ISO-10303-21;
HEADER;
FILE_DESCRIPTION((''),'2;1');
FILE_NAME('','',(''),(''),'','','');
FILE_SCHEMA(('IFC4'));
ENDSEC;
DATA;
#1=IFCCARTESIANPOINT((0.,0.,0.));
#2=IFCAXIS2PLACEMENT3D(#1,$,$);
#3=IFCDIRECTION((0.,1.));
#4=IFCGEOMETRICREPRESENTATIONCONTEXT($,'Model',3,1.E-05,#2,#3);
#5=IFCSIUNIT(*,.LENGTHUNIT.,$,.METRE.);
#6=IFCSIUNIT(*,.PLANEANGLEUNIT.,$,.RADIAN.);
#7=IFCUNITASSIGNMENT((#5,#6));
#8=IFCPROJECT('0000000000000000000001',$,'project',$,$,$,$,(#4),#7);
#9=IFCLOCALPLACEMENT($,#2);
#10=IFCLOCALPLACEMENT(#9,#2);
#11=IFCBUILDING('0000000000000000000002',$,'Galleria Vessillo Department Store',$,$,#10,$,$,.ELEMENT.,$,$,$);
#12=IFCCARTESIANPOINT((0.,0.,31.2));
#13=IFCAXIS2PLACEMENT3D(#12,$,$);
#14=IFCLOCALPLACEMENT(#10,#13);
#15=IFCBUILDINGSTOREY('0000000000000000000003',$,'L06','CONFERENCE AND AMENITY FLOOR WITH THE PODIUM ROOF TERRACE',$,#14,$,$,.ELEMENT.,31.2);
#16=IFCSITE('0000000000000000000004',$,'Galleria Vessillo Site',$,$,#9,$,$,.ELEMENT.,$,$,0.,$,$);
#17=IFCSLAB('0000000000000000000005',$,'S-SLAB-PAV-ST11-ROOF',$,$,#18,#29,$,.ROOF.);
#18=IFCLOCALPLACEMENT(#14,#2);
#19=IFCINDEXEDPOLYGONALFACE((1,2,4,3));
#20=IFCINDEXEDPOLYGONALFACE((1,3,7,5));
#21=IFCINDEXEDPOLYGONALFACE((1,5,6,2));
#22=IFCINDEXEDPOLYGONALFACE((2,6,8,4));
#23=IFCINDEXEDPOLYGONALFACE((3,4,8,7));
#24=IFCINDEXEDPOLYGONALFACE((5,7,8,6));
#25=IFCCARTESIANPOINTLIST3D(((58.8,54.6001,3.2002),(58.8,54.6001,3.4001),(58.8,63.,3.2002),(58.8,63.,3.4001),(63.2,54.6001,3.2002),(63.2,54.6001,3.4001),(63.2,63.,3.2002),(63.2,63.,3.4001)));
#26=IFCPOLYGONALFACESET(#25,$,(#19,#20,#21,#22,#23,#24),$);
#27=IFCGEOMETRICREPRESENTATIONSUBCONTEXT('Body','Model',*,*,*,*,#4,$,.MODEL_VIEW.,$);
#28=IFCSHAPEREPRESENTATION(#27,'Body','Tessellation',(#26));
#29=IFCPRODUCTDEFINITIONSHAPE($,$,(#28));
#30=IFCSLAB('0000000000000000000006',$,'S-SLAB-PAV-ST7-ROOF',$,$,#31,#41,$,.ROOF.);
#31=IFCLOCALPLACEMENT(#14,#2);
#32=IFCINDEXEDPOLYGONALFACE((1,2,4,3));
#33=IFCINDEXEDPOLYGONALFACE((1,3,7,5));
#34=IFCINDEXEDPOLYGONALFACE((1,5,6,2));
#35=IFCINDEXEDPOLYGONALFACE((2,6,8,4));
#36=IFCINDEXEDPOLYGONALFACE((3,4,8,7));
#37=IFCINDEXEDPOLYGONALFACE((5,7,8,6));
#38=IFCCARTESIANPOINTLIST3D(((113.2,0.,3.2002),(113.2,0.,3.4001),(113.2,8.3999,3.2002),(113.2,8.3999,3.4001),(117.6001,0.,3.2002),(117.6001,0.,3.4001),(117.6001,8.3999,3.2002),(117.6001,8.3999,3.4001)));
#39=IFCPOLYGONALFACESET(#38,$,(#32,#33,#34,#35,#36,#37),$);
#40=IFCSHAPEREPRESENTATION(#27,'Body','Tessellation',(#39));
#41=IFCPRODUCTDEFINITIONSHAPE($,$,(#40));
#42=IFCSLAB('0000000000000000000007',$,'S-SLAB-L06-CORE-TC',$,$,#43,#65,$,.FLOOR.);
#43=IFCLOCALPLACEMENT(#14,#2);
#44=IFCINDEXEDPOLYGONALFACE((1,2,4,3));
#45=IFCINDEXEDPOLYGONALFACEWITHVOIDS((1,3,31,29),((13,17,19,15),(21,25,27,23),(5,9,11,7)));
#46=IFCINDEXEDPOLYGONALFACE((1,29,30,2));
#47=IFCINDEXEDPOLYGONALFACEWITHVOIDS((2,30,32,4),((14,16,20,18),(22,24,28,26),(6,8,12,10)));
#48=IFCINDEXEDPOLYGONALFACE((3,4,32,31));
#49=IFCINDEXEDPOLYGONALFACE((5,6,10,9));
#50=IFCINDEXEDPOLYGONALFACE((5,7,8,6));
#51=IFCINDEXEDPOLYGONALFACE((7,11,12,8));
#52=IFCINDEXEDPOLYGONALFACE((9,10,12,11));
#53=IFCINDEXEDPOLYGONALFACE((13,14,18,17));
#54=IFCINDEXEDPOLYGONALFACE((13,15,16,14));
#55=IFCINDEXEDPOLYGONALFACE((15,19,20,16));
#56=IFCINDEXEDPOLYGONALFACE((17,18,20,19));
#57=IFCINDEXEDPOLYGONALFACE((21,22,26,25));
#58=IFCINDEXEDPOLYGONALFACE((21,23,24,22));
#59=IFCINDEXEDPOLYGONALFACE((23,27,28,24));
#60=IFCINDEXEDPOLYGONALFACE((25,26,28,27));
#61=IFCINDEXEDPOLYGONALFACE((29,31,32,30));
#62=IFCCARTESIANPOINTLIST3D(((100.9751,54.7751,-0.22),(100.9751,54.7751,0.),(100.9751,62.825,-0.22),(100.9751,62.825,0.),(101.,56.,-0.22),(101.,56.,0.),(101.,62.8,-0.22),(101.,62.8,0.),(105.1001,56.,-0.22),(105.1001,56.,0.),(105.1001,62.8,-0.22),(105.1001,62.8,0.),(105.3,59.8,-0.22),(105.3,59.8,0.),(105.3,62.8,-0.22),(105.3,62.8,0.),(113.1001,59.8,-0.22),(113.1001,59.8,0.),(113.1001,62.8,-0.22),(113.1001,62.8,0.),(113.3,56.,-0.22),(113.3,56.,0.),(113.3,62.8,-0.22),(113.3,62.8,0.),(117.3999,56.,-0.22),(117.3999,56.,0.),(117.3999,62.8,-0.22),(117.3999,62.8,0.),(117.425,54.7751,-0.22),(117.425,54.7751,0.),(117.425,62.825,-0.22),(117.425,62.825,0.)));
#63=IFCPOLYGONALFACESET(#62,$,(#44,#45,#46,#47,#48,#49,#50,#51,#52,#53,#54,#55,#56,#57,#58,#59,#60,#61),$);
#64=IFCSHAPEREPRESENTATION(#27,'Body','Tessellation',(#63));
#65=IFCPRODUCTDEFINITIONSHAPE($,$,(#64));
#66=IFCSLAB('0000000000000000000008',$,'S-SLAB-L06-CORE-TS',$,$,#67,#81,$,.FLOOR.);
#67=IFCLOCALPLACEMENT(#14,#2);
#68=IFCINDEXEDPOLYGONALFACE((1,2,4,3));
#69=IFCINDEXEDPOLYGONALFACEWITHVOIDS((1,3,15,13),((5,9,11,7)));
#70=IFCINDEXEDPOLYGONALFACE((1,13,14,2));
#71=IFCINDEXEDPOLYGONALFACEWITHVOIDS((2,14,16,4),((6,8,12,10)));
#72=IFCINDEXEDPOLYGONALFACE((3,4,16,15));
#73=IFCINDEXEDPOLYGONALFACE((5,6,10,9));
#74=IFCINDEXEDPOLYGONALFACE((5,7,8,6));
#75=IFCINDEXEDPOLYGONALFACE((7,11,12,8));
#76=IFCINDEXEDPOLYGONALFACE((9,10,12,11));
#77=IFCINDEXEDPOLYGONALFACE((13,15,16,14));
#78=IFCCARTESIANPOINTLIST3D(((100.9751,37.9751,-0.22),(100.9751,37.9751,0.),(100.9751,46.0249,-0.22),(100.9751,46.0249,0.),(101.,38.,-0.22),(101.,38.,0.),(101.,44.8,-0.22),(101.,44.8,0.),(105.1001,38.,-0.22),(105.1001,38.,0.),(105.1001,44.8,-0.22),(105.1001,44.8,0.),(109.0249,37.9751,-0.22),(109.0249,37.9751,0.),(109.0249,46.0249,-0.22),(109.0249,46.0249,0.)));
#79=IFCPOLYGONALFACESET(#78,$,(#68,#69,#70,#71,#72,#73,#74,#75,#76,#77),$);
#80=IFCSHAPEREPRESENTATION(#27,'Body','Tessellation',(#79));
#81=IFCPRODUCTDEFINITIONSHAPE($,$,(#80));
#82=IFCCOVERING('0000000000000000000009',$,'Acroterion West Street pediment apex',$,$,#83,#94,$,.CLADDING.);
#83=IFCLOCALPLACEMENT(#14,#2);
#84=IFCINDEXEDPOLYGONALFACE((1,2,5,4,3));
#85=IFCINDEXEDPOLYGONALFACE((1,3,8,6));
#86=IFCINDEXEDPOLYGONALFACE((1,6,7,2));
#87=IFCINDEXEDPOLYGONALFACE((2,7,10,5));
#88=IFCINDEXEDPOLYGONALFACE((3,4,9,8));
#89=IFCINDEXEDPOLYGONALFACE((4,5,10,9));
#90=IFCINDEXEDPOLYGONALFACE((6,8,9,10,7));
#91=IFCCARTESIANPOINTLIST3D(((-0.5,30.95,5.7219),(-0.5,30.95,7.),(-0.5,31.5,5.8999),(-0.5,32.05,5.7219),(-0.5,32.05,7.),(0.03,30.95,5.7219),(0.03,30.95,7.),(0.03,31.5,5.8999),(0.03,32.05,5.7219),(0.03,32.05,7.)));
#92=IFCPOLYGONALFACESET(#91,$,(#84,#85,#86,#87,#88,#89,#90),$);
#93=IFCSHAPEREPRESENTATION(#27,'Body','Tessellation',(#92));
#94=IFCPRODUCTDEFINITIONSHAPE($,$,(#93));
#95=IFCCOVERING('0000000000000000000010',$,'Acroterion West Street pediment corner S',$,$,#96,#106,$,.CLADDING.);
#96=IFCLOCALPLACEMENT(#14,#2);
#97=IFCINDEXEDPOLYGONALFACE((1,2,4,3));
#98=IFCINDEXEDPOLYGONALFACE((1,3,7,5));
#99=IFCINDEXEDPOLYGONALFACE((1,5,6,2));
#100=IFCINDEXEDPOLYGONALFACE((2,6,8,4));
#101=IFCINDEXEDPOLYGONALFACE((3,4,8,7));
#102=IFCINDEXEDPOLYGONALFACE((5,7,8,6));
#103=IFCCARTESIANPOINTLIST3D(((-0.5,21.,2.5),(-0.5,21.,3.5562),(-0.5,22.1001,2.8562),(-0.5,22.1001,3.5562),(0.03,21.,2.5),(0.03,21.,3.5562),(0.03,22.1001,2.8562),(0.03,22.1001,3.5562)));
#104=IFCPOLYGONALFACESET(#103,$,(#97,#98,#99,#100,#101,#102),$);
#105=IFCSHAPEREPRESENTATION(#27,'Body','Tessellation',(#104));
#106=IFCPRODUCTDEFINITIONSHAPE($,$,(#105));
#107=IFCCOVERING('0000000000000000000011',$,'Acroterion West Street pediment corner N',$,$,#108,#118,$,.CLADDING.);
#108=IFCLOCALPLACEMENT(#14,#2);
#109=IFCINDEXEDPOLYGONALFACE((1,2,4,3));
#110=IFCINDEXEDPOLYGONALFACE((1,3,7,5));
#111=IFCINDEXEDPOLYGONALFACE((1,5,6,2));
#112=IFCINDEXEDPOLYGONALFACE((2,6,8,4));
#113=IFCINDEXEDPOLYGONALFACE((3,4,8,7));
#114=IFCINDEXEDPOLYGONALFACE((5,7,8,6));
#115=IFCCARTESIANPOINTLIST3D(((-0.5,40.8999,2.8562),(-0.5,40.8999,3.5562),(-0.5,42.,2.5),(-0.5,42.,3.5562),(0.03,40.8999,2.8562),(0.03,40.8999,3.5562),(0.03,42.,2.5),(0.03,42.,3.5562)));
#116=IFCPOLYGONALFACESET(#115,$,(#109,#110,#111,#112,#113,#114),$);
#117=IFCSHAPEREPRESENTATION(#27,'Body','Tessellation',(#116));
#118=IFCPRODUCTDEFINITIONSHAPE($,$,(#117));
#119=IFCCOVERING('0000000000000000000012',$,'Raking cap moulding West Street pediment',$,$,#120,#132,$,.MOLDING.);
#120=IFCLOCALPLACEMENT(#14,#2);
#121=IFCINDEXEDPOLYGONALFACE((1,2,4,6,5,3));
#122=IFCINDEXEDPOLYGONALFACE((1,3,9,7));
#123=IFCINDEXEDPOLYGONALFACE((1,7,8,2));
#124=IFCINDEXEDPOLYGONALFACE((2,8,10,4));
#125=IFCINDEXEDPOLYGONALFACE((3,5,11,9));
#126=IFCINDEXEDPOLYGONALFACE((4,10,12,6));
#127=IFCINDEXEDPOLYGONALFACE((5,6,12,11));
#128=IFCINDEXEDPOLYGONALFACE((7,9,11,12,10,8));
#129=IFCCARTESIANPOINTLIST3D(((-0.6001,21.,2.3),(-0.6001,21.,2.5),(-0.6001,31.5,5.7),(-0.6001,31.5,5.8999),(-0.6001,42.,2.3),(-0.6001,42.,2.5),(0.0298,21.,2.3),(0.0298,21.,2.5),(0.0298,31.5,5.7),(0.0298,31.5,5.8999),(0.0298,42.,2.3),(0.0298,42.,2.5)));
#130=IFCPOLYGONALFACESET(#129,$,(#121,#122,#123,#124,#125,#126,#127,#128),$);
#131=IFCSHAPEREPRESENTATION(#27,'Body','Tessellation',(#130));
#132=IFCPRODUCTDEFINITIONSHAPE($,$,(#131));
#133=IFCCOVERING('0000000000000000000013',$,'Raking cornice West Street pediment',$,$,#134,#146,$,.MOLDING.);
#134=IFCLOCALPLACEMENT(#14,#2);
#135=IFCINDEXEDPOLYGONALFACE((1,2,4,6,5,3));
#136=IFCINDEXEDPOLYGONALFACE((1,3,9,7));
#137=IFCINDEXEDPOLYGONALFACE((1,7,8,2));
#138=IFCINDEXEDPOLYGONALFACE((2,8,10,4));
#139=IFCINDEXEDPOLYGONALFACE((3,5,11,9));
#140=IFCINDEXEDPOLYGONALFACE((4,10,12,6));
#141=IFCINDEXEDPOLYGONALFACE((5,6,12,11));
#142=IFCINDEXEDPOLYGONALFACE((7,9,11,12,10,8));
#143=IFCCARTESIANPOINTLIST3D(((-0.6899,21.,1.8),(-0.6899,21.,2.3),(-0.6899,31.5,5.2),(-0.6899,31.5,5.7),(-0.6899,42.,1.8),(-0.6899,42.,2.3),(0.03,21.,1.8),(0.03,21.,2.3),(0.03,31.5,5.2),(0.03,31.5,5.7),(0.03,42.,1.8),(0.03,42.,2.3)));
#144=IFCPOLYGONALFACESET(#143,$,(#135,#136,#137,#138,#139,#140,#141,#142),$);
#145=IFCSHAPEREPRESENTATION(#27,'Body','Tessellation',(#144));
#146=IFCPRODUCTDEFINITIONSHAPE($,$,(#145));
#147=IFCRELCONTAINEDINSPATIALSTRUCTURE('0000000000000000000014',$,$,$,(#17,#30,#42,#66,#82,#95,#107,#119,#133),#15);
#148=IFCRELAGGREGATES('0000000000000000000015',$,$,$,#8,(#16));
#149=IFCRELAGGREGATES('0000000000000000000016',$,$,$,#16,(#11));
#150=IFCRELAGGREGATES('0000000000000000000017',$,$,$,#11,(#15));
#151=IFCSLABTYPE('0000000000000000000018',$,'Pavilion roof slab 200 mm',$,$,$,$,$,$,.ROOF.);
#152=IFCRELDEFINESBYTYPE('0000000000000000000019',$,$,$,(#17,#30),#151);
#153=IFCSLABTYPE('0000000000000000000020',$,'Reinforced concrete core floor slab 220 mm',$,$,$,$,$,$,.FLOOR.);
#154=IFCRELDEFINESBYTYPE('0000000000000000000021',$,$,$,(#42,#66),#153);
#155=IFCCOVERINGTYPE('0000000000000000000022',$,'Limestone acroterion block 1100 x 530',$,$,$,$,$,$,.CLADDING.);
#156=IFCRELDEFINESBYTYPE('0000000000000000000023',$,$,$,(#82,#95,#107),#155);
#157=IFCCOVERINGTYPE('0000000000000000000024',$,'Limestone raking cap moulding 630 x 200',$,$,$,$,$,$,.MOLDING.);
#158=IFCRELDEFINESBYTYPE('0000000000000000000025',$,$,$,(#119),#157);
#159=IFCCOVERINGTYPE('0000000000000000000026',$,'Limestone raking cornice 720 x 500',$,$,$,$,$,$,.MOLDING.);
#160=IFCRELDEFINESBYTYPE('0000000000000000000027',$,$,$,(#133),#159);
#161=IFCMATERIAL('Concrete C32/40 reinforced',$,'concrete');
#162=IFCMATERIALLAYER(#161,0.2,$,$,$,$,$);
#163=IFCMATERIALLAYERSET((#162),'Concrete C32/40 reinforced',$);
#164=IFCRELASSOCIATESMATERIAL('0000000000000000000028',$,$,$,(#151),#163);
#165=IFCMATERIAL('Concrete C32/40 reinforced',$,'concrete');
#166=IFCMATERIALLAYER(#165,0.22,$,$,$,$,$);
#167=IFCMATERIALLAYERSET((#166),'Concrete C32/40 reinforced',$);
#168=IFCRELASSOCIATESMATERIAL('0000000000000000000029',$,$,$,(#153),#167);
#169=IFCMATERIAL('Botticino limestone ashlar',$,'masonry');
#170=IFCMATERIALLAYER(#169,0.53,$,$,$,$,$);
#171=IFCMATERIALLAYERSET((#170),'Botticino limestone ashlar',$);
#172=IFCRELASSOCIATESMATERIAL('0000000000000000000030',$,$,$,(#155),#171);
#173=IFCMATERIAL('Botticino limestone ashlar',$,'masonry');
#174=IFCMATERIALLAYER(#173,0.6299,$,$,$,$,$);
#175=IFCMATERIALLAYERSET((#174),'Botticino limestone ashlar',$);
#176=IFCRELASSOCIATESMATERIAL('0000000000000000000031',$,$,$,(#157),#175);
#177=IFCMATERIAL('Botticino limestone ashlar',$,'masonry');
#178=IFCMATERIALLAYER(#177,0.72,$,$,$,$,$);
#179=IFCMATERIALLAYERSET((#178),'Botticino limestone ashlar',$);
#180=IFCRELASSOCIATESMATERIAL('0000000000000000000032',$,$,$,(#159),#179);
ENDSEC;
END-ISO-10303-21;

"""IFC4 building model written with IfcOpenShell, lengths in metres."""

from ifc_helpers import new_model, si_unit, direction, frame, origin, place, context, subcontext, project, spatial, polyline, outline, extrude, material, layer, layer_set, type_object, element, save


model = new_model("IFC4")

# Units and contexts
model_context = context("Model", 3, precision=1e-05, world=origin(), true_north=direction((0.0, 1.0)))
body_context = subcontext(model_context, "Body", "Model", "MODEL_VIEW")
ifc_project = project(units=[si_unit("LENGTHUNIT", "METRE"), si_unit("PLANEANGLEUNIT", "RADIAN")], contexts=[model_context])

# Site, building, storey
site_placement = place(None, origin())
site = spatial("IfcSite", under=ifc_project, at=site_placement, Name="Galleria Vessillo Site", CompositionType="ELEMENT", RefElevation=0.0)
building_placement = place(site_placement, origin())
building = spatial("IfcBuilding", under=site, at=building_placement, Name="Galleria Vessillo Department Store", CompositionType="ELEMENT")
storey_placement = place(building_placement, frame((0.0, 0.0, 31.2)))
storey = spatial("IfcBuildingStorey", under=building, at=storey_placement, Name="L06", Description="CONFERENCE AND AMENITY FLOOR WITH THE PODIUM ROOF TERRACE", CompositionType="ELEMENT", Elevation=31.2)

# Slabs
ifc_material_1 = material(Name="Concrete C32/40 reinforced", Category="concrete")
ifc_layer_1 = layer(ifc_material_1, 0.2)
ifc_layer_set_1 = layer_set([ifc_layer_1], Name="Concrete C32/40 reinforced")
slab_type_1 = type_object("IfcSlabType", Name="Pavilion roof slab 200 mm", PredefinedType="ROOF", material=ifc_layer_set_1)
slab_1_placement = place(storey_placement, frame((0.0, 0.0, 3.2002)))
element("IfcSlab", 1, at=slab_1_placement, inside=storey, type_object=slab_type_1, Name="S-SLAB-PAV-ST11-ROOF", PredefinedType="ROOF", context=body_context, shape_type="SweptSolid", body=[
    extrude(outline(polyline([(63.2, 54.6001), (63.2, 63.0), (58.8, 63.0), (58.8, 54.6001), (63.2, 54.6001)])), origin(), (0.0, 0.0, 1.0), 0.2),
])
slab_2_placement = place(storey_placement, frame((0.0, 0.0, 3.2002)))
element("IfcSlab", 2, at=slab_2_placement, inside=storey, type_object=slab_type_1, Name="S-SLAB-PAV-ST7-ROOF", PredefinedType="ROOF", context=body_context, shape_type="SweptSolid", body=[
    extrude(outline(polyline([(117.6001, 0.0), (117.6001, 8.3999), (113.2, 8.3999), (113.2, 0.0), (117.6001, 0.0)])), origin(), (0.0, 0.0, 1.0), 0.2),
])
ifc_material_2 = material(Name="Concrete C32/40 reinforced", Category="concrete")
ifc_layer_2 = layer(ifc_material_2, 0.22)
ifc_layer_set_2 = layer_set([ifc_layer_2], Name="Concrete C32/40 reinforced")
slab_type_2 = type_object("IfcSlabType", Name="Reinforced concrete core floor slab 220 mm", PredefinedType="FLOOR", material=ifc_layer_set_2)
slab_3_placement = place(storey_placement, frame((0.0, 0.0, -0.22)))
element("IfcSlab", 3, at=slab_3_placement, inside=storey, type_object=slab_type_2, Name="S-SLAB-L06-CORE-TC", PredefinedType="FLOOR", context=body_context, shape_type="SweptSolid", body=[
    extrude(outline(polyline([(100.9751, 54.7751), (100.9751, 62.825), (117.425, 62.825), (117.425, 54.7751), (100.9751, 54.7751)]), holes=[polyline([(105.1001, 56.0), (105.1001, 62.8), (101.0, 62.8), (101.0, 56.0), (105.1001, 56.0)]), polyline([(113.3, 56.0), (117.3999, 56.0), (117.3999, 62.8), (113.3, 62.8), (113.3, 56.0)]), polyline([(105.3, 59.8), (113.1001, 59.8), (113.1001, 62.8), (105.3, 62.8), (105.3, 59.8)])]), origin(), (0.0, 0.0, 1.0), 0.22),
])
slab_4_placement = place(storey_placement, frame((0.0, 0.0, -0.22)))
element("IfcSlab", 4, at=slab_4_placement, inside=storey, type_object=slab_type_2, Name="S-SLAB-L06-CORE-TS", PredefinedType="FLOOR", context=body_context, shape_type="SweptSolid", body=[
    extrude(outline(polyline([(100.9751, 37.9751), (100.9751, 46.0249), (109.0249, 46.0249), (109.0249, 37.9751), (100.9751, 37.9751)]), holes=[polyline([(105.1001, 44.8), (101.0, 44.8), (101.0, 38.0), (105.1001, 38.0), (105.1001, 44.8)])]), origin(), (0.0, 0.0, 1.0), 0.22),
])

# Coverings
ifc_material_3 = material(Name="Botticino limestone ashlar", Category="masonry")
ifc_layer_3 = layer(ifc_material_3, 0.53)
ifc_layer_set_3 = layer_set([ifc_layer_3], Name="Botticino limestone ashlar")
covering_type_1 = type_object("IfcCoveringType", Name="Limestone acroterion block 1100 x 530", PredefinedType="CLADDING", material=ifc_layer_set_3)
covering_1_placement = place(storey_placement, frame((-0.5, 0.0, 0.0), z_axis=(1.0, 0.0, 0.0), x_axis=(0.0, 1.0, 0.0)))
element("IfcCovering", 5, at=covering_1_placement, inside=storey, type_object=covering_type_1, Name="Acroterion West Street pediment apex", PredefinedType="CLADDING", context=body_context, shape_type="SweptSolid", body=[
    extrude(outline(polyline([(30.95, 5.7219), (31.5, 5.8999), (32.05, 5.7219), (32.05, 7.0), (30.95, 7.0), (30.95, 5.7219)])), origin(), (0.0, 0.0, 1.0), 0.53),
])
covering_2_placement = place(storey_placement, frame((-0.5, 0.0, 0.0), z_axis=(1.0, 0.0, 0.0), x_axis=(0.0, 1.0, 0.0)))
element("IfcCovering", 6, at=covering_2_placement, inside=storey, type_object=covering_type_1, Name="Acroterion West Street pediment corner S", PredefinedType="CLADDING", context=body_context, shape_type="SweptSolid", body=[
    extrude(outline(polyline([(21.0, 2.5), (22.1001, 2.8562), (22.1001, 3.5562), (21.0, 3.5562), (21.0, 2.5)])), origin(), (0.0, 0.0, 1.0), 0.53),
])
covering_3_placement = place(storey_placement, frame((-0.5, 0.0, 0.0), z_axis=(1.0, 0.0, 0.0), x_axis=(0.0, 1.0, 0.0)))
element("IfcCovering", 7, at=covering_3_placement, inside=storey, type_object=covering_type_1, Name="Acroterion West Street pediment corner N", PredefinedType="CLADDING", context=body_context, shape_type="SweptSolid", body=[
    extrude(outline(polyline([(40.8999, 2.8562), (42.0, 2.5), (42.0, 3.5562), (40.8999, 3.5562), (40.8999, 2.8562)])), origin(), (0.0, 0.0, 1.0), 0.53),
])
ifc_material_4 = material(Name="Botticino limestone ashlar", Category="masonry")
ifc_layer_4 = layer(ifc_material_4, 0.6299)
ifc_layer_set_4 = layer_set([ifc_layer_4], Name="Botticino limestone ashlar")
covering_type_2 = type_object("IfcCoveringType", Name="Limestone raking cap moulding 630 x 200", PredefinedType="MOLDING", material=ifc_layer_set_4)
covering_4_placement = place(storey_placement, frame((-0.6001, 0.0, 0.0), z_axis=(1.0, 0.0, 0.0), x_axis=(0.0, 1.0, 0.0)))
element("IfcCovering", 8, at=covering_4_placement, inside=storey, type_object=covering_type_2, Name="Raking cap moulding West Street pediment", PredefinedType="MOLDING", context=body_context, shape_type="SweptSolid", body=[
    extrude(outline(polyline([(21.0, 2.3), (31.5, 5.7), (42.0, 2.3), (42.0, 2.5), (31.5, 5.8999), (21.0, 2.5), (21.0, 2.3)])), origin(), (0.0, 0.0, 1.0), 0.6299),
])
ifc_material_5 = material(Name="Botticino limestone ashlar", Category="masonry")
ifc_layer_5 = layer(ifc_material_5, 0.72)
ifc_layer_set_5 = layer_set([ifc_layer_5], Name="Botticino limestone ashlar")
covering_type_3 = type_object("IfcCoveringType", Name="Limestone raking cornice 720 x 500", PredefinedType="MOLDING", material=ifc_layer_set_5)
covering_5_placement = place(storey_placement, frame((-0.6899, 0.0, 0.0), z_axis=(1.0, 0.0, 0.0), x_axis=(0.0, 1.0, 0.0)))
element("IfcCovering", 9, at=covering_5_placement, inside=storey, type_object=covering_type_3, Name="Raking cornice West Street pediment", PredefinedType="MOLDING", context=body_context, shape_type="SweptSolid", body=[
    extrude(outline(polyline([(21.0, 1.8), (31.5, 5.2), (42.0, 1.8), (42.0, 2.3), (31.5, 5.7), (21.0, 2.3), (21.0, 1.8)])), origin(), (0.0, 0.0, 1.0), 0.72),
])

save(model, "model.ifc")
